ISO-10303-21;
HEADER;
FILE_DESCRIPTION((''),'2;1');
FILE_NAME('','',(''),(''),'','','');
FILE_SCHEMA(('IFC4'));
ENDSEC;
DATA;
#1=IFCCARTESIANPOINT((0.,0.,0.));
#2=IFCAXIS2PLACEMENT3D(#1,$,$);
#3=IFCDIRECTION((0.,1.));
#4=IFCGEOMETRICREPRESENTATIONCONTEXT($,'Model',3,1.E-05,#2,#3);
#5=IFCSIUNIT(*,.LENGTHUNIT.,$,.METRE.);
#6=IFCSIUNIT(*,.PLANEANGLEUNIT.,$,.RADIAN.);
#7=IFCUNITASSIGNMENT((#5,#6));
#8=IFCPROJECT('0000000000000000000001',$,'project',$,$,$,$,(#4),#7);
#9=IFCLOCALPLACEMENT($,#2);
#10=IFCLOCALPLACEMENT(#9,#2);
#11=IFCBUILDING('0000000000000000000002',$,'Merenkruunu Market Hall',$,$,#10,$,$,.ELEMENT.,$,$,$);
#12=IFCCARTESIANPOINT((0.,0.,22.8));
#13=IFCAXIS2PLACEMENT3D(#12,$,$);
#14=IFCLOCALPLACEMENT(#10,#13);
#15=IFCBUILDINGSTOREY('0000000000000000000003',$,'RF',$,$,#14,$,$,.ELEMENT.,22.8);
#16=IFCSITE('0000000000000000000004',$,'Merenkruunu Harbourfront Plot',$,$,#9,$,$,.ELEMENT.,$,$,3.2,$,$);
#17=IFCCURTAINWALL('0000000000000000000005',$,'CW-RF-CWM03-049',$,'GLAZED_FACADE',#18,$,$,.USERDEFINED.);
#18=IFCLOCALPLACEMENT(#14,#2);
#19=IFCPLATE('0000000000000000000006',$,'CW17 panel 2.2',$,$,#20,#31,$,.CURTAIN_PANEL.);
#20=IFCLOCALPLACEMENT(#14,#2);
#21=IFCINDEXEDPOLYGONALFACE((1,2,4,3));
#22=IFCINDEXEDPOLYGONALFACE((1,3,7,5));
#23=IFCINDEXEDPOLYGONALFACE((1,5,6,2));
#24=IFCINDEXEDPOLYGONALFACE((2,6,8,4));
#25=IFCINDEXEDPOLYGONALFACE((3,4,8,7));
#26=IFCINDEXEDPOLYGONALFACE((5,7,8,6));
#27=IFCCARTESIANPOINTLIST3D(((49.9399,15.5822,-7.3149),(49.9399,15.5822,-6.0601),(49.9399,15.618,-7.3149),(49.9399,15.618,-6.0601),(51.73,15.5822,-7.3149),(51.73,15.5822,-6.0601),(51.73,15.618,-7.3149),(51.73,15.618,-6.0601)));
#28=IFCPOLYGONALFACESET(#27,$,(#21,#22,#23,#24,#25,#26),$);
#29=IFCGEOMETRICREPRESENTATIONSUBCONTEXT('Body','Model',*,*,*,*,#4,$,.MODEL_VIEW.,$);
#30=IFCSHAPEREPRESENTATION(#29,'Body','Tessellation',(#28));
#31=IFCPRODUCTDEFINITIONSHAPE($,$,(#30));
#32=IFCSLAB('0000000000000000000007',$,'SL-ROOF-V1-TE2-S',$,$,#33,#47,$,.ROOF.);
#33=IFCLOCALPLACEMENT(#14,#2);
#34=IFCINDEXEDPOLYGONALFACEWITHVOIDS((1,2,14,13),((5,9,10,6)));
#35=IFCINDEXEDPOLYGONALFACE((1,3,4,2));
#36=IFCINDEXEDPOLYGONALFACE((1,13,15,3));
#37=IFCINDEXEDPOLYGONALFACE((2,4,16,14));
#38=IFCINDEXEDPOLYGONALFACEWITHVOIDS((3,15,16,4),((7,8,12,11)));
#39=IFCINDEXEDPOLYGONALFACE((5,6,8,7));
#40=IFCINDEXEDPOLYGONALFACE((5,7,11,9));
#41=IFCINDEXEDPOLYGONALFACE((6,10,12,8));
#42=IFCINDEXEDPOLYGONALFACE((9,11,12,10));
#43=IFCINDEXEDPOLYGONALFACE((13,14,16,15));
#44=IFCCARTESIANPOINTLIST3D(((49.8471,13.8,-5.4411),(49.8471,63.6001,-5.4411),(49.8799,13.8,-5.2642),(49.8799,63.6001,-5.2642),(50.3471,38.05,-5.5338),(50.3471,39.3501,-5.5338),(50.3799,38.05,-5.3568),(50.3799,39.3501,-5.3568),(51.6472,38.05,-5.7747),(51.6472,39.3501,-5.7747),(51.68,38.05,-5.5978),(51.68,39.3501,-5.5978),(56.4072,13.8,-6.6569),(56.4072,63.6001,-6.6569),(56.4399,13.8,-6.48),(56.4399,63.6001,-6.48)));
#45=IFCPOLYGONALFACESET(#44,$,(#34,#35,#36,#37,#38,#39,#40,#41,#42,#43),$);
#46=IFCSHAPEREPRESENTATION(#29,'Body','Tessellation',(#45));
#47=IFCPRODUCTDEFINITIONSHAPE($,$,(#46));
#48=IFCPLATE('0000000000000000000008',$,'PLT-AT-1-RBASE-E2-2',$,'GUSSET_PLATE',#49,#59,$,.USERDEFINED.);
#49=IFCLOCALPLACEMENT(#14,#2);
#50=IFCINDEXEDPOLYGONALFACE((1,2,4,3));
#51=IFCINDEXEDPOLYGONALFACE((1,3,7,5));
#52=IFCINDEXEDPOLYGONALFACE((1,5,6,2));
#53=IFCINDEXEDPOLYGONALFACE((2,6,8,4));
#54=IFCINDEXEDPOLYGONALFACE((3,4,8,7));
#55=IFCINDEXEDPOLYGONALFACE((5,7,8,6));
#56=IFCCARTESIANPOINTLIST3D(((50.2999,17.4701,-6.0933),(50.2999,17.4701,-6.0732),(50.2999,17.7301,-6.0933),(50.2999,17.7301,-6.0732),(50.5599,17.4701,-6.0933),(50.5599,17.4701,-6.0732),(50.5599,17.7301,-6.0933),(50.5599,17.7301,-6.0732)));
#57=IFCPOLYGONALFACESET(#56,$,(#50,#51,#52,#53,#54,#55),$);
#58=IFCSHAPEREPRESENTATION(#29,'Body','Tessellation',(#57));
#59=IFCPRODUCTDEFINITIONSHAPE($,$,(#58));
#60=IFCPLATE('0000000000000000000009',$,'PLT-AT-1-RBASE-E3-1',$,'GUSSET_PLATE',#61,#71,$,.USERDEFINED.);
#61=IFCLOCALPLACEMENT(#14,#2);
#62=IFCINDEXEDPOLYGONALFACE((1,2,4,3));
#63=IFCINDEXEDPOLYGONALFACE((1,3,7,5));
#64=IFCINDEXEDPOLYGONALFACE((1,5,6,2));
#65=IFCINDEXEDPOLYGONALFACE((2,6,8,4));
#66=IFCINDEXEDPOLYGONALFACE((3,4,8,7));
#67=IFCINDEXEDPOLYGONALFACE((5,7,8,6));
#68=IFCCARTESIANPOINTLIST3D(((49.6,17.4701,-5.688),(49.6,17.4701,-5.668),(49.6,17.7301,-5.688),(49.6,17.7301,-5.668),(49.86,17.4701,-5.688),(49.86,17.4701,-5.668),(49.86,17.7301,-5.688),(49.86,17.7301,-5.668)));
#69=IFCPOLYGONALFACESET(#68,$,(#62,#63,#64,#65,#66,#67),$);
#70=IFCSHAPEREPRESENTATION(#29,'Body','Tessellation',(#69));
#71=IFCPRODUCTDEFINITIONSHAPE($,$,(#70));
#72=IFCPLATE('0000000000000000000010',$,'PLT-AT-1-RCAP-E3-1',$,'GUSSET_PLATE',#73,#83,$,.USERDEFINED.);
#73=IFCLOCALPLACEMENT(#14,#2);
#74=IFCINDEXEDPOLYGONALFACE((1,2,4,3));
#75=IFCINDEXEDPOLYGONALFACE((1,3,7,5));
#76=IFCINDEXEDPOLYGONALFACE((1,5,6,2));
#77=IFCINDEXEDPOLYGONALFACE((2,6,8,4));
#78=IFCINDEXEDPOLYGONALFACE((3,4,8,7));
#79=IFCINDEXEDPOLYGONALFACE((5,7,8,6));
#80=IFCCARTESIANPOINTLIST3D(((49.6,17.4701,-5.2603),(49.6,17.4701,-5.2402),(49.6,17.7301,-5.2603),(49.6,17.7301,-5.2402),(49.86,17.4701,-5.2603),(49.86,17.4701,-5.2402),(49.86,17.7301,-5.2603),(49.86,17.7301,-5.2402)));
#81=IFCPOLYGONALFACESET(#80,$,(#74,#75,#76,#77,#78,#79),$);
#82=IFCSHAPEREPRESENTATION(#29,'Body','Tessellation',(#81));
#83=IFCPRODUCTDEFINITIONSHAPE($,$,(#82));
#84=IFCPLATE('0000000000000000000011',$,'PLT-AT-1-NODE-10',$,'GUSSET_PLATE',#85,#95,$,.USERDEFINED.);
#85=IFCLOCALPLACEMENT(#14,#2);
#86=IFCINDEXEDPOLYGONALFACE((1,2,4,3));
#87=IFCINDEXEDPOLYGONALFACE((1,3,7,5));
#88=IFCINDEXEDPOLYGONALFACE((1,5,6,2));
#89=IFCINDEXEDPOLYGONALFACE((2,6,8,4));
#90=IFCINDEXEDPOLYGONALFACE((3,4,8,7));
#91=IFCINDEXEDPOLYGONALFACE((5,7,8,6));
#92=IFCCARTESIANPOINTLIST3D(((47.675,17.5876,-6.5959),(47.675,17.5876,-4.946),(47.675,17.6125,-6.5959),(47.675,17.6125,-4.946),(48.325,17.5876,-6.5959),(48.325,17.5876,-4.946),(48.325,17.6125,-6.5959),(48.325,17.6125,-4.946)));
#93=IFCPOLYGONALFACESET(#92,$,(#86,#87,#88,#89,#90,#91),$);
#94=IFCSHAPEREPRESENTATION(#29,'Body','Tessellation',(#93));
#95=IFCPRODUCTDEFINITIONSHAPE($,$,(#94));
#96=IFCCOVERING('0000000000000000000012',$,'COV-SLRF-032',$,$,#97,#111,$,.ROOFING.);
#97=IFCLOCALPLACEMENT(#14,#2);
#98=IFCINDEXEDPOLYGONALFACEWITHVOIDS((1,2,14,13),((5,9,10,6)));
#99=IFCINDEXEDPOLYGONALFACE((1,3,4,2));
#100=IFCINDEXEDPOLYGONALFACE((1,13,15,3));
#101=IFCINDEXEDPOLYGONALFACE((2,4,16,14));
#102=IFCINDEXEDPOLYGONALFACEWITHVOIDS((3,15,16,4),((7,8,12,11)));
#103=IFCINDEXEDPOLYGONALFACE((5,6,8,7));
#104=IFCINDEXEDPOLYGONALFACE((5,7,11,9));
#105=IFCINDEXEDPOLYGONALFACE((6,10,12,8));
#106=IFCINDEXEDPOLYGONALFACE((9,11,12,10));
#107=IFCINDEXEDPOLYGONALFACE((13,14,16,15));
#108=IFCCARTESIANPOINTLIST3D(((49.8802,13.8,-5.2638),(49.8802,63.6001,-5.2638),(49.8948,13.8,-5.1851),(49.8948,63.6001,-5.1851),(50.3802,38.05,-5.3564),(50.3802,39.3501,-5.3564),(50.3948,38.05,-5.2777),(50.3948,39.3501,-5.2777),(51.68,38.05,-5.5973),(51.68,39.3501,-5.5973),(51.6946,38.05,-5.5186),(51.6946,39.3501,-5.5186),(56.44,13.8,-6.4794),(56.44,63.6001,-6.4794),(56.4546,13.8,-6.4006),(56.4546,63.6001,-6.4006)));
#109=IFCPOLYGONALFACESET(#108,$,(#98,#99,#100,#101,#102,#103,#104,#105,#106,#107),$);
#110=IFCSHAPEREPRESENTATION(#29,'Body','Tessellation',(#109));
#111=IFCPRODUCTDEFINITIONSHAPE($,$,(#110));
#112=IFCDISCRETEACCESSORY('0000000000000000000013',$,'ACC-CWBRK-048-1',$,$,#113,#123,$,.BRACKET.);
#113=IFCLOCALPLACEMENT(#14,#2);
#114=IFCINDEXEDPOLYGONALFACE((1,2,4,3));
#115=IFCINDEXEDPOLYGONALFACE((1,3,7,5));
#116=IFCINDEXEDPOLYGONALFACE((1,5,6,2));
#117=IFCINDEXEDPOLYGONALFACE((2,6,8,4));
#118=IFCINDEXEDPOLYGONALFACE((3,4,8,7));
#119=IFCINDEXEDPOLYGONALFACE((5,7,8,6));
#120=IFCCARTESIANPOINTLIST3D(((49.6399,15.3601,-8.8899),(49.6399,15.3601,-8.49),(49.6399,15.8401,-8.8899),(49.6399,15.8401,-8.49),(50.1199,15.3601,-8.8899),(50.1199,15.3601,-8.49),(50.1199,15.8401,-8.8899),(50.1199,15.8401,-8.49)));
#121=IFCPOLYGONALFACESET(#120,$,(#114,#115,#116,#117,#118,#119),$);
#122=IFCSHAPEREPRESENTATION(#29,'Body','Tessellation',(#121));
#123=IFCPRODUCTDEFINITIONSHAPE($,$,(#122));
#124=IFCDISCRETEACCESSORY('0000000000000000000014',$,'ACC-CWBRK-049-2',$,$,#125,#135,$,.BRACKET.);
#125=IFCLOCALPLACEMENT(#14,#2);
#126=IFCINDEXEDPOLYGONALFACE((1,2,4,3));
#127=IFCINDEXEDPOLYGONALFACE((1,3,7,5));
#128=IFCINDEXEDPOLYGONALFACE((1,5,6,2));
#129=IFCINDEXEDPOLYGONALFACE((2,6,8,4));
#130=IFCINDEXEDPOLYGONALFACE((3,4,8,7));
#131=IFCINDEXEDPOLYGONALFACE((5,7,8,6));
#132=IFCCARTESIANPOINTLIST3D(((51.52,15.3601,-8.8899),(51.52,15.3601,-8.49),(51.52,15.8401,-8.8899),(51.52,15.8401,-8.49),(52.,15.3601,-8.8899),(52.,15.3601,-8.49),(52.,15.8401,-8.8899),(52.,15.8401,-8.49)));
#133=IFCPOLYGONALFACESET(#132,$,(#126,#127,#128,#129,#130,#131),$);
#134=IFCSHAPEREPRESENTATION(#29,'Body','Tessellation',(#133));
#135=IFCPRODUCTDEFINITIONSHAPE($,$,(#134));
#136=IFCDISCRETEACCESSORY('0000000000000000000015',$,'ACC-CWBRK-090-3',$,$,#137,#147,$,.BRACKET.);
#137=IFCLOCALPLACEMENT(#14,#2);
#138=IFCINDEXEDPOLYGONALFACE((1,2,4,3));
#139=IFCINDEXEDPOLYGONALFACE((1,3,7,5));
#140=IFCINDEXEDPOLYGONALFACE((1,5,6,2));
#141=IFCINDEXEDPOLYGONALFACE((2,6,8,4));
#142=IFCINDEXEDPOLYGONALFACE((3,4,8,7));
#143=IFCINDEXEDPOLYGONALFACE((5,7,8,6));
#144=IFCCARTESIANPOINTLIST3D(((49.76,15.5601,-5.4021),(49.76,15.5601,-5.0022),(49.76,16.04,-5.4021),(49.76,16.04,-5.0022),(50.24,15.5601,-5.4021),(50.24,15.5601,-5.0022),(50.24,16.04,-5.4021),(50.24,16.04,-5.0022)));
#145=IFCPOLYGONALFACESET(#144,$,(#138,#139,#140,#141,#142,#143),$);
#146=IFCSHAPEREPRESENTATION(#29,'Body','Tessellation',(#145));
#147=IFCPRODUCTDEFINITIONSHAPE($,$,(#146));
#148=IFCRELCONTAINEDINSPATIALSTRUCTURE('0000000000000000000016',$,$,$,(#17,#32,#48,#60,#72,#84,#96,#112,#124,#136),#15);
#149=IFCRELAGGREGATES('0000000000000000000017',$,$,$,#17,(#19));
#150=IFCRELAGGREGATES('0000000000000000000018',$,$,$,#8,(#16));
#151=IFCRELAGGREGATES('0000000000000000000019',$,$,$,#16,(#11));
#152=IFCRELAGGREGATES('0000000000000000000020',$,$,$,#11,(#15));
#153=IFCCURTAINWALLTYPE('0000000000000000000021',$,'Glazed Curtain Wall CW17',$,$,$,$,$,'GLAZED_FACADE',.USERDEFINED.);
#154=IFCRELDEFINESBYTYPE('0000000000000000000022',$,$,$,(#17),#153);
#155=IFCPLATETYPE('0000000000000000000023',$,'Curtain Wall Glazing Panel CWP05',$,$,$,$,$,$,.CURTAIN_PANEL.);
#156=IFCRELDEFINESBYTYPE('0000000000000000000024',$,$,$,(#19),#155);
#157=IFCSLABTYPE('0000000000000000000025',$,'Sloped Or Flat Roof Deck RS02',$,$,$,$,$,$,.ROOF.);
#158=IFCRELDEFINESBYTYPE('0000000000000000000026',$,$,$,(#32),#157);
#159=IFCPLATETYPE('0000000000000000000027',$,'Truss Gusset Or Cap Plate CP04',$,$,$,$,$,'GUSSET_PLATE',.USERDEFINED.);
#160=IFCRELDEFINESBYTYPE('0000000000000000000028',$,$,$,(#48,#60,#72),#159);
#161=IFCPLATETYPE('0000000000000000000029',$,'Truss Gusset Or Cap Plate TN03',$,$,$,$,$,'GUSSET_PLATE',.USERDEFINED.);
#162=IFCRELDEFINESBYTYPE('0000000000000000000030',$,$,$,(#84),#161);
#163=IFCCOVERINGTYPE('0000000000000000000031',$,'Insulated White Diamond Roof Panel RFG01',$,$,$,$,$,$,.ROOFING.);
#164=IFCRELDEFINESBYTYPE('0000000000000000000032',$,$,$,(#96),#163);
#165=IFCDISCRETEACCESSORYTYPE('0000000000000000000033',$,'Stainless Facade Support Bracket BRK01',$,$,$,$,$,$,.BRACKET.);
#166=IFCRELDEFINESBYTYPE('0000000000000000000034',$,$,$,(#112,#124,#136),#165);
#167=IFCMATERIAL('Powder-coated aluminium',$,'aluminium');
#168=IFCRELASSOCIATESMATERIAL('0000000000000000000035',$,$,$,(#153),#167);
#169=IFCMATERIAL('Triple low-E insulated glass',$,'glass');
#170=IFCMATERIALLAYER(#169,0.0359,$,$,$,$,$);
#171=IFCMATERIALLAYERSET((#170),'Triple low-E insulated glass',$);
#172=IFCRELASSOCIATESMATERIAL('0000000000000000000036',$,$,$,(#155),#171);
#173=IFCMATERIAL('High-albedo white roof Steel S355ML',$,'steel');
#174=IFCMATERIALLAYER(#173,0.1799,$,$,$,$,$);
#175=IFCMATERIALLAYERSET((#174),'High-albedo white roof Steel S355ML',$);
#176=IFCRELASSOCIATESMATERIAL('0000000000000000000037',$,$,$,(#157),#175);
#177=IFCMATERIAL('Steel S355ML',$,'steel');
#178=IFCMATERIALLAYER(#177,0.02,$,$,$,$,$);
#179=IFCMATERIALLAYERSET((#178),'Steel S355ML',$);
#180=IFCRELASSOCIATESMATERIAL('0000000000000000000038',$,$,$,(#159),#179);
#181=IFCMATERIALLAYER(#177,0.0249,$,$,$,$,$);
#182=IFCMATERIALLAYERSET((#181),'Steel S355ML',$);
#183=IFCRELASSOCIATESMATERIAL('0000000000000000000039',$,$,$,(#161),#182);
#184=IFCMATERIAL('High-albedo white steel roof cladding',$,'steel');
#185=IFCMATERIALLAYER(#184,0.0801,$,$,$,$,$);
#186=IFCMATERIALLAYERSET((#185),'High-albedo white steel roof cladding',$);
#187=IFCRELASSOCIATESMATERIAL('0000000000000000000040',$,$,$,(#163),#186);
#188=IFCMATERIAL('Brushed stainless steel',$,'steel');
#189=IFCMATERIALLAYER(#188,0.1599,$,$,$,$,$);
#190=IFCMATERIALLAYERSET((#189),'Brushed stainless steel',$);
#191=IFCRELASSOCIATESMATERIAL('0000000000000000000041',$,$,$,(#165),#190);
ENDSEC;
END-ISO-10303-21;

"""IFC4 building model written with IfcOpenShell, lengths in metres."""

from ifc_helpers import new_model, si_unit, direction, frame, origin, origin_2d, place, context, subcontext, project, spatial, polyline, rectangle, outline, extrude, material, layer, layer_set, type_object, element, aggregate, save


model = new_model("IFC4")

# Units and contexts
model_context = context("Model", 3, precision=1e-05, world=origin(), true_north=direction((0.0, 1.0)))
body_context = subcontext(model_context, "Body", "Model", "MODEL_VIEW")
ifc_project = project(units=[si_unit("LENGTHUNIT", "METRE"), si_unit("PLANEANGLEUNIT", "RADIAN")], contexts=[model_context])

# Site, building, storey
site_placement = place(None, origin())
site = spatial("IfcSite", under=ifc_project, at=site_placement, Name="Merenkruunu Harbourfront Plot", CompositionType="ELEMENT", RefElevation=3.2)
building_placement = place(site_placement, origin())
building = spatial("IfcBuilding", under=site, at=building_placement, Name="Merenkruunu Market Hall", CompositionType="ELEMENT")
storey_placement = place(building_placement, frame((0.0, 0.0, 22.8)))
storey = spatial("IfcBuildingStorey", under=building, at=storey_placement, Name="RF", CompositionType="ELEMENT", Elevation=22.8)

# Shared definitions
ifc_material_1 = material(Name="Powder-coated aluminium", Category="aluminium")
curtain_wall_type_1 = type_object("IfcCurtainWallType", Name="Glazed Curtain Wall CW17", ElementType="GLAZED_FACADE", PredefinedType="USERDEFINED", material=ifc_material_1)

# Curtain wall
curtain_wall_1_placement = place(storey_placement, origin())
curtain_wall_1 = element("IfcCurtainWall", 1, at=curtain_wall_1_placement, inside=storey, type_object=curtain_wall_type_1, Name="CW-RF-CWM03-049", ObjectType="GLAZED_FACADE", PredefinedType="USERDEFINED")

# Shared definitions
ifc_material_2 = material(Name="Steel S355ML", Category="steel")

# Plate
ifc_material_3 = material(Name="Triple low-E insulated glass", Category="glass")
ifc_layer_1 = layer(ifc_material_3, 0.0359)
ifc_layer_set_1 = layer_set([ifc_layer_1], Name="Triple low-E insulated glass")
plate_type_1 = type_object("IfcPlateType", Name="Curtain Wall Glazing Panel CWP05", PredefinedType="CURTAIN_PANEL", material=ifc_layer_set_1)
plate_1_placement = place(storey_placement, frame((50.835, 15.6001, -7.3149), z_axis=(0.0, 0.0, 1.0), x_axis=(-1.0, 0.0, 0.0)))
plate_1 = element("IfcPlate", 2, at=plate_1_placement, type_object=plate_type_1, Name="CW17 panel 2.2", PredefinedType="CURTAIN_PANEL", context=body_context, shape_type="SweptSolid", body=[
    extrude(rectangle(XDim=1.79, YDim=0.0359, at=origin_2d()), origin(), (0.0, 0.0, 1.0), 1.2549),
])
aggregate(curtain_wall_1, [plate_1])

# Slab
ifc_material_4 = material(Name="High-albedo white roof Steel S355ML", Category="steel")
ifc_layer_2 = layer(ifc_material_4, 0.1799)
ifc_layer_set_2 = layer_set([ifc_layer_2], Name="High-albedo white roof Steel S355ML")
slab_type = type_object("IfcSlabType", Name="Sloped Or Flat Roof Deck RS02", PredefinedType="ROOF", material=ifc_layer_set_2)
slab_placement = place(storey_placement, frame((49.8799, 13.8, -5.2642), z_axis=(0.182233, 0.0, 0.983255), x_axis=(0.983255, 0.0, -0.182233)))
element("IfcSlab", 3, at=slab_placement, inside=storey, type_object=slab_type, Name="SL-ROOF-V1-TE2-S", PredefinedType="ROOF", context=body_context, shape_type="SweptSolid", body=[
    extrude(outline(polyline([(0.0, 0.0), (6.6718, 0.0), (6.6718, 49.8), (0.0, 49.8), (0.0, 0.0)]), holes=[polyline([(0.5085, 24.25), (1.8307, 24.25), (1.8307, 25.55), (0.5085, 25.55), (0.5085, 24.25)])]), origin(), (0.0, 0.0, -1.0), 0.1799),
])

# Plates
ifc_layer_3 = layer(ifc_material_2, 0.02)
ifc_layer_set_3 = layer_set([ifc_layer_3], Name="Steel S355ML")
plate_type_2 = type_object("IfcPlateType", Name="Truss Gusset Or Cap Plate CP04", ElementType="GUSSET_PLATE", PredefinedType="USERDEFINED", material=ifc_layer_set_3)
for number, where, z_axis, x_axis, name in (
    (4, (50.4299, 17.6001, -6.0933), (0.0, 0.0, 1.0), (1.0, 0.0, 0.0), "PLT-AT-1-RBASE-E2-2"),
    (5, (49.73, 17.6001, -5.688), (0.0, 0.0, 1.0), (1.0, 0.0, 0.0), "PLT-AT-1-RBASE-E3-1"),
    (6, (49.73, 17.6001, -5.2603), (0.0, 0.0, 1.0), (1.0, 0.0, 0.0), "PLT-AT-1-RCAP-E3-1"),
):
    element("IfcPlate", number, at=place(storey_placement, frame(where, z_axis=z_axis, x_axis=x_axis)), inside=storey, type_object=plate_type_2, Name=name, ObjectType="GUSSET_PLATE", PredefinedType="USERDEFINED", context=body_context, shape_type="SweptSolid", body=[
        extrude(rectangle(XDim=0.26, YDim=0.26, at=origin_2d()), origin(), (0.0, 0.0, 1.0), 0.02),
    ])
ifc_layer_4 = layer(ifc_material_2, 0.0249)
ifc_layer_set_4 = layer_set([ifc_layer_4], Name="Steel S355ML")
plate_type_3 = type_object("IfcPlateType", Name="Truss Gusset Or Cap Plate TN03", ElementType="GUSSET_PLATE", PredefinedType="USERDEFINED", material=ifc_layer_set_4)
plate_2_placement = place(storey_placement, frame((48.0, 17.6001, -6.5959), z_axis=(0.0, 0.0, 1.0), x_axis=(1.0, 0.0, 0.0)))
element("IfcPlate", 7, at=plate_2_placement, inside=storey, type_object=plate_type_3, Name="PLT-AT-1-NODE-10", ObjectType="GUSSET_PLATE", PredefinedType="USERDEFINED", context=body_context, shape_type="SweptSolid", body=[
    extrude(rectangle(XDim=0.6499, YDim=0.0249, at=origin_2d()), origin(), (0.0, 0.0, 1.0), 1.6499),
])

# Covering
ifc_material_5 = material(Name="High-albedo white steel roof cladding", Category="steel")
ifc_layer_5 = layer(ifc_material_5, 0.0801)
ifc_layer_set_5 = layer_set([ifc_layer_5], Name="High-albedo white steel roof cladding")
covering_type = type_object("IfcCoveringType", Name="Insulated White Diamond Roof Panel RFG01", PredefinedType="ROOFING", material=ifc_layer_set_5)
covering_placement = place(storey_placement, frame((49.8948, 13.8, -5.1851), z_axis=(0.182205, 0.0, 0.983261), x_axis=(0.983261, 0.0, -0.182205)))
element("IfcCovering", 8, at=covering_placement, inside=storey, type_object=covering_type, Name="COV-SLRF-032", PredefinedType="ROOFING", context=body_context, shape_type="SweptSolid", body=[
    extrude(outline(polyline([(0.0, 0.0), (6.6715, 0.0), (6.6715, 49.8), (0.0, 49.8), (0.0, 0.0)]), holes=[polyline([(0.5085, 24.25), (1.8304, 24.25), (1.8304, 25.55), (0.5085, 25.55), (0.5085, 24.25)])]), origin(), (0.0, 0.0, -1.0), 0.0801),
])

# Discrete accessories
ifc_material_6 = material(Name="Brushed stainless steel", Category="steel")
ifc_layer_6 = layer(ifc_material_6, 0.1599)
ifc_layer_set_6 = layer_set([ifc_layer_6], Name="Brushed stainless steel")
discrete_accessory_type = type_object("IfcDiscreteAccessoryType", Name="Stainless Facade Support Bracket BRK01", PredefinedType="BRACKET", material=ifc_layer_set_6)
for number, where, z_axis, x_axis, name in (
    (9, (49.8799, 15.6001, -8.8899), (0.0, 0.0, 1.0), (1.0, 0.0, 0.0), "ACC-CWBRK-048-1"),
    (10, (51.76, 15.6001, -8.8899), (0.0, 0.0, 1.0), (1.0, 0.0, 0.0), "ACC-CWBRK-049-2"),
    (11, (50.0, 15.8, -5.4021), (0.0, 0.0, 1.0), (1.0, 0.0, 0.0), "ACC-CWBRK-090-3"),
):
    element("IfcDiscreteAccessory", number, at=place(storey_placement, frame(where, z_axis=z_axis, x_axis=x_axis)), inside=storey, type_object=discrete_accessory_type, Name=name, PredefinedType="BRACKET", context=body_context, shape_type="SweptSolid", body=[
        extrude(rectangle(XDim=0.48, YDim=0.48, at=origin_2d()), origin(), (0.0, 0.0, 1.0), 0.3999),
    ])

save(model, "model.ifc")
